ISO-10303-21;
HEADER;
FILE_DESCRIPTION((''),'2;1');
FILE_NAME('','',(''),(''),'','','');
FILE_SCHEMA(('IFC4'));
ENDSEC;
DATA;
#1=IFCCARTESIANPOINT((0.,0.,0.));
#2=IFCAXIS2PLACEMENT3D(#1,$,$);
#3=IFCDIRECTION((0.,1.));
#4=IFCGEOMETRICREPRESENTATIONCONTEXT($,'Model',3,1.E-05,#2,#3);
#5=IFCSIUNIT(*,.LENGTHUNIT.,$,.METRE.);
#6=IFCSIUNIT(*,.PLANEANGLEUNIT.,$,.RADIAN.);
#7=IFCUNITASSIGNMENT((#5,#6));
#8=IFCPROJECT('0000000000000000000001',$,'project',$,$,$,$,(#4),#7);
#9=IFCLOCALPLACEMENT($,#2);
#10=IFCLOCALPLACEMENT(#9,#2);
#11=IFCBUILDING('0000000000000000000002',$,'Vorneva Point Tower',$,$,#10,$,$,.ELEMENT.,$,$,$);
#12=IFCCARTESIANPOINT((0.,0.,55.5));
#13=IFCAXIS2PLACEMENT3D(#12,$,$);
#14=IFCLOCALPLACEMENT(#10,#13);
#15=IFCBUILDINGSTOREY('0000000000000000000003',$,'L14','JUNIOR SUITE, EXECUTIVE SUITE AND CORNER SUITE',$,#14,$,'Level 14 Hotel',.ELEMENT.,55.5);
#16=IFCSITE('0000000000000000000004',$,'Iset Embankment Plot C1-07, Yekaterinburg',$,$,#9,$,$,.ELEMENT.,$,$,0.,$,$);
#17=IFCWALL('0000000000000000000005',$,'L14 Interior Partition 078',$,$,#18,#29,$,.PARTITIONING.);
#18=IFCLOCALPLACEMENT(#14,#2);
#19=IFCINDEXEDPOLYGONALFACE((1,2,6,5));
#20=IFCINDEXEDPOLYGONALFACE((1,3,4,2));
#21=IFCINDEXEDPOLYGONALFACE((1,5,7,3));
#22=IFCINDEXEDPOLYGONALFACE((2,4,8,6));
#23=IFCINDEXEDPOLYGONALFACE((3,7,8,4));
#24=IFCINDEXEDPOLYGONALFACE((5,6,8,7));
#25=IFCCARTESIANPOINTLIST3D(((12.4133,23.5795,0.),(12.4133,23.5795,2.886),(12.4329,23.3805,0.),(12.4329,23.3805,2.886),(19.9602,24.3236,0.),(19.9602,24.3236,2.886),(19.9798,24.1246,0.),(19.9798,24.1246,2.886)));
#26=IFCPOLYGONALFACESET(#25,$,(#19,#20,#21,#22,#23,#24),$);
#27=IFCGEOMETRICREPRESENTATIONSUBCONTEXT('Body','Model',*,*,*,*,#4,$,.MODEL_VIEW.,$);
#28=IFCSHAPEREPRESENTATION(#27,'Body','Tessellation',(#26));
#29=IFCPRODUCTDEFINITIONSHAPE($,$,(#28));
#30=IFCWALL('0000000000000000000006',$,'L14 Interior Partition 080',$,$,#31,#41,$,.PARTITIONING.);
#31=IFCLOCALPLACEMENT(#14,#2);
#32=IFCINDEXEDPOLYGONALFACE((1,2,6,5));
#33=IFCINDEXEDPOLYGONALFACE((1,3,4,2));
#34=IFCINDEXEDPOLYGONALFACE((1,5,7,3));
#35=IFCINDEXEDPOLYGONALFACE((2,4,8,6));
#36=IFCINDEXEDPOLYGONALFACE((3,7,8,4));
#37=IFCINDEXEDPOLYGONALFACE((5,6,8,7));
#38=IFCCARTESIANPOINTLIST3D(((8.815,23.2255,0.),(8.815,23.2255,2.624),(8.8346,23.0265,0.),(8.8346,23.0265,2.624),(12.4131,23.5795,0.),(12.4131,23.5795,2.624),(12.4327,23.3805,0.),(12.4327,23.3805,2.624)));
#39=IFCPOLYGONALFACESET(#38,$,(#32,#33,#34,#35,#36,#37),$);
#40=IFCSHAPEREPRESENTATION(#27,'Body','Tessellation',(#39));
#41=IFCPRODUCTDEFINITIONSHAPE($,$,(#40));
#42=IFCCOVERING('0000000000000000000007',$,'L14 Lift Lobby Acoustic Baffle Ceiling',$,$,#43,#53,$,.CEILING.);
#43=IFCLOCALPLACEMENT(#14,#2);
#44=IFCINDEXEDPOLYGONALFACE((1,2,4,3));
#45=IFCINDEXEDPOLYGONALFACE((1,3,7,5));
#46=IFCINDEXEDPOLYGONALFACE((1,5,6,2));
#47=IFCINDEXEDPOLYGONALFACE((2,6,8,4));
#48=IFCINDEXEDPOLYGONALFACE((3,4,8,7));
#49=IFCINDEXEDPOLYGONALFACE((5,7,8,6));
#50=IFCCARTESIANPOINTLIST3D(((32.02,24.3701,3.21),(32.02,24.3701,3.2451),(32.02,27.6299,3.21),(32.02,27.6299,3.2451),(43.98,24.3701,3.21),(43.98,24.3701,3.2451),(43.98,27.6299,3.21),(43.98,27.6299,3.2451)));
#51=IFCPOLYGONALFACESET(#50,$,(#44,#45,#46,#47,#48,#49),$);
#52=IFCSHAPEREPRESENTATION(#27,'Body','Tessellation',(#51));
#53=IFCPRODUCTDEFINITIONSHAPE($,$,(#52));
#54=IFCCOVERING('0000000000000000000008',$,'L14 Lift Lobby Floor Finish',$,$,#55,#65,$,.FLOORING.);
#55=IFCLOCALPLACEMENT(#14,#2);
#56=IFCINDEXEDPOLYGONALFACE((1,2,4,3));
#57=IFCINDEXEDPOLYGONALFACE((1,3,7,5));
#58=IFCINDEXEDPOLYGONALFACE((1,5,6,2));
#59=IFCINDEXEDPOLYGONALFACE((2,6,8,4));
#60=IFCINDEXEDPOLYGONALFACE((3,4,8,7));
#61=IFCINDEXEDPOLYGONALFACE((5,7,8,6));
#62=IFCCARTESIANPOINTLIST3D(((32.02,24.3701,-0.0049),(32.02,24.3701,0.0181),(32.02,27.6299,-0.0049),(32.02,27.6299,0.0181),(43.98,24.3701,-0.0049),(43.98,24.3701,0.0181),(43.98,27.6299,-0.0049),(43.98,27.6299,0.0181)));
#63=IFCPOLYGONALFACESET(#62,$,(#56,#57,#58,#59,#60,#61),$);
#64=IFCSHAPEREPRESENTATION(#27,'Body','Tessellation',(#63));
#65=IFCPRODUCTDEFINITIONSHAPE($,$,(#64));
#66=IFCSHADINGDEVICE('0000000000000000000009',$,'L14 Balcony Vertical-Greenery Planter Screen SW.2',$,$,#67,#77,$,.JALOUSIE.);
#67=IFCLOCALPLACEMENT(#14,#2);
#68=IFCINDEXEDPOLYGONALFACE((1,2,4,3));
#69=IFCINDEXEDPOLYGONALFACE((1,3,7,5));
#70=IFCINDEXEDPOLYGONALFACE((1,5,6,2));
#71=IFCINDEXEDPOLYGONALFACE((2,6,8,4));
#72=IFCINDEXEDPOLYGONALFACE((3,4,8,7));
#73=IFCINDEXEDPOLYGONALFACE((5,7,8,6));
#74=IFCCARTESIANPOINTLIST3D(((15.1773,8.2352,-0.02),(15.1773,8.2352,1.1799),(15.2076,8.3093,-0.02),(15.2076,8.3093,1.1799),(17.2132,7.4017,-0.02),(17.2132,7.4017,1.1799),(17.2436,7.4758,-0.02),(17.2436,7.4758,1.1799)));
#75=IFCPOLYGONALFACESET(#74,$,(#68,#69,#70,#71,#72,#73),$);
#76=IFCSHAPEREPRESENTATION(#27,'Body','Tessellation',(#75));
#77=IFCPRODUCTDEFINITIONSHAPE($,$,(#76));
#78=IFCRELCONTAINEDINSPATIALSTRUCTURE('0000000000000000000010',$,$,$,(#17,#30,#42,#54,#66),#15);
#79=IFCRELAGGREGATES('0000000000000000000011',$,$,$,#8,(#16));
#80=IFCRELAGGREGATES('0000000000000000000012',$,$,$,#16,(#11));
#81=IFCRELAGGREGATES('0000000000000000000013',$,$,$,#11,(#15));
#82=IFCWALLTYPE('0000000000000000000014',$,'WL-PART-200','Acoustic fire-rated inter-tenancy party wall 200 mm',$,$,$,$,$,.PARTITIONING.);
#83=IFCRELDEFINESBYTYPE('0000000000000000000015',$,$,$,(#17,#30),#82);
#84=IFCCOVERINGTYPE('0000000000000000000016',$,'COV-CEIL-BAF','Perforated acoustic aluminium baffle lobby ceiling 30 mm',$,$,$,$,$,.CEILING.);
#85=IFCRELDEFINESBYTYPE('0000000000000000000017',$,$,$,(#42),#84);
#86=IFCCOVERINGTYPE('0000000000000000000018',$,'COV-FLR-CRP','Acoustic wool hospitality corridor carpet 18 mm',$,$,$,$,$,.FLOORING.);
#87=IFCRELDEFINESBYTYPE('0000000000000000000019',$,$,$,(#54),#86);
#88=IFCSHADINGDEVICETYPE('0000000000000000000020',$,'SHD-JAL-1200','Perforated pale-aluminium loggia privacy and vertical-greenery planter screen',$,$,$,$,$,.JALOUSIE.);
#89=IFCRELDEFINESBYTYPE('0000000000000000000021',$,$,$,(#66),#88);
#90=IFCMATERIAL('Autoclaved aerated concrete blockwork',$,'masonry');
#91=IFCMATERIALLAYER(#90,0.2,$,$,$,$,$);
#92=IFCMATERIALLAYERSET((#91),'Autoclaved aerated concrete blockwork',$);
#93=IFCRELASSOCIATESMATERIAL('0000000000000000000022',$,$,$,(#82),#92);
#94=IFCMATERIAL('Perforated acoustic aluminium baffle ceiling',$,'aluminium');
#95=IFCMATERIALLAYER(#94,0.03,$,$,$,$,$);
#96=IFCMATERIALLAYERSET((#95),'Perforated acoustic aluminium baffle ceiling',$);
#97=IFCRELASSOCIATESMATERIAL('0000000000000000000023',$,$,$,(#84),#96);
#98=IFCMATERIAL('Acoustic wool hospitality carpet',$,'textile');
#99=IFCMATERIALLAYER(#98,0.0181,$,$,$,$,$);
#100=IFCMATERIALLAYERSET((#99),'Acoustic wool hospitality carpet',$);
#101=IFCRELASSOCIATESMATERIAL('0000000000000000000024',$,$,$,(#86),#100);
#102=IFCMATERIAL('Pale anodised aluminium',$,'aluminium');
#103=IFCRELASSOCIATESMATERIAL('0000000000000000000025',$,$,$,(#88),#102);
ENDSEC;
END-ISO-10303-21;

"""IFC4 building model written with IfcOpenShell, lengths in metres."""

from ifc_helpers import new_model, si_unit, direction, frame, frame_2d, origin, origin_2d, place, context, subcontext, project, spatial, polyline, rectangle, outline, extrude, material, layer, layer_set, type_object, element, save


model = new_model("IFC4")

# Units and contexts
model_context = context("Model", 3, precision=1e-05, world=origin(), true_north=direction((0.0, 1.0)))
body_context = subcontext(model_context, "Body", "Model", "MODEL_VIEW")
ifc_project = project(units=[si_unit("LENGTHUNIT", "METRE"), si_unit("PLANEANGLEUNIT", "RADIAN")], contexts=[model_context])

# Site, building, storey
site_placement = place(None, origin())
site = spatial("IfcSite", under=ifc_project, at=site_placement, Name="Iset Embankment Plot C1-07, Yekaterinburg", CompositionType="ELEMENT", RefElevation=0.0)
building_placement = place(site_placement, origin())
building = spatial("IfcBuilding", under=site, at=building_placement, Name="Vorneva Point Tower", CompositionType="ELEMENT")
storey_placement = place(building_placement, frame((0.0, 0.0, 55.5)))
storey = spatial("IfcBuildingStorey", under=building, at=storey_placement, Name="L14", Description="JUNIOR SUITE, EXECUTIVE SUITE AND CORNER SUITE", LongName="Level 14 Hotel", CompositionType="ELEMENT", Elevation=55.5)

# Shared definitions
ifc_material_1 = material(Name="Pale anodised aluminium", Category="aluminium")

# Walls
ifc_material_2 = material(Name="Autoclaved aerated concrete blockwork", Category="masonry")
ifc_layer_1 = layer(ifc_material_2, 0.2)
ifc_layer_set_1 = layer_set([ifc_layer_1], Name="Autoclaved aerated concrete blockwork")
wall_type_1 = type_object("IfcWallType", Name="WL-PART-200", Description="Acoustic fire-rated inter-tenancy party wall 200 mm", PredefinedType="PARTITIONING", material=ifc_layer_set_1)
wall_1_placement = place(storey_placement, frame((12.4231, 23.48, 0.0), z_axis=(0.0, 0.0, 1.0), x_axis=(0.995174, 0.098127, 0.0)))
element("IfcWall", 1, at=wall_1_placement, inside=storey, type_object=wall_type_1, Name="L14 Interior Partition 078", PredefinedType="PARTITIONING", context=body_context, shape_type="SweptSolid", body=[
    extrude(rectangle(XDim=7.5835, YDim=0.2, at=frame_2d((3.7917, 0.0))), origin(), (0.0, 0.0, 1.0), 2.886),
])
wall_2_placement = place(storey_placement, frame((8.825, 23.126, 0.0), z_axis=(0.0, 0.0, 1.0), x_axis=(0.995195, 0.097912, 0.0)))
element("IfcWall", 2, at=wall_2_placement, inside=storey, type_object=wall_type_1, Name="L14 Interior Partition 080", PredefinedType="PARTITIONING", context=body_context, shape_type="SweptSolid", body=[
    extrude(rectangle(XDim=3.6155, YDim=0.2, at=frame_2d((1.8076, 0.0))), origin(), (0.0, 0.0, 1.0), 2.624),
])

# Coverings
ifc_material_3 = material(Name="Perforated acoustic aluminium baffle ceiling", Category="aluminium")
ifc_layer_2 = layer(ifc_material_3, 0.03)
ifc_layer_set_2 = layer_set([ifc_layer_2], Name="Perforated acoustic aluminium baffle ceiling")
covering_type_1 = type_object("IfcCoveringType", Name="COV-CEIL-BAF", Description="Perforated acoustic aluminium baffle lobby ceiling 30 mm", PredefinedType="CEILING", material=ifc_layer_set_2)
covering_1_placement = place(storey_placement, frame((0.0, 0.0, 3.21)))
element("IfcCovering", 3, at=covering_1_placement, inside=storey, type_object=covering_type_1, Name="L14 Lift Lobby Acoustic Baffle Ceiling", PredefinedType="CEILING", context=body_context, shape_type="SweptSolid", body=[
    extrude(outline(polyline([(32.02, 24.3701), (43.98, 24.3701), (43.98, 27.6299), (32.02, 27.6299), (32.02, 24.3701)])), origin(), (0.0, 0.0, 1.0), 0.0352),
])
ifc_material_4 = material(Name="Acoustic wool hospitality carpet", Category="textile")
ifc_layer_3 = layer(ifc_material_4, 0.0181)
ifc_layer_set_3 = layer_set([ifc_layer_3], Name="Acoustic wool hospitality carpet")
covering_type_2 = type_object("IfcCoveringType", Name="COV-FLR-CRP", Description="Acoustic wool hospitality corridor carpet 18 mm", PredefinedType="FLOORING", material=ifc_layer_set_3)
covering_2_placement = place(storey_placement, frame((0.0, 0.0, -0.0049)))
element("IfcCovering", 4, at=covering_2_placement, inside=storey, type_object=covering_type_2, Name="L14 Lift Lobby Floor Finish", PredefinedType="FLOORING", context=body_context, shape_type="SweptSolid", body=[
    extrude(outline(polyline([(32.02, 24.3701), (43.98, 24.3701), (43.98, 27.6299), (32.02, 27.6299), (32.02, 24.3701)])), origin(), (0.0, 0.0, 1.0), 0.0229),
])

# Shading device
shading_device_type = type_object("IfcShadingDeviceType", Name="SHD-JAL-1200", Description="Perforated pale-aluminium loggia privacy and vertical-greenery planter screen", PredefinedType="JALOUSIE", material=ifc_material_1)
shading_device_placement = place(storey_placement, frame((16.2104, 7.8555, -0.02), z_axis=(0.0, 0.0, 1.0), x_axis=(0.925448, -0.378875, 0.0)))
element("IfcShadingDevice", 5, at=shading_device_placement, inside=storey, type_object=shading_device_type, Name="L14 Balcony Vertical-Greenery Planter Screen SW.2", PredefinedType="JALOUSIE", context=body_context, shape_type="SweptSolid", body=[
    extrude(rectangle(XDim=2.2, YDim=0.0801, at=origin_2d()), origin(), (0.0, 0.0, 1.0), 1.2),
])

save(model, "model.ifc")
